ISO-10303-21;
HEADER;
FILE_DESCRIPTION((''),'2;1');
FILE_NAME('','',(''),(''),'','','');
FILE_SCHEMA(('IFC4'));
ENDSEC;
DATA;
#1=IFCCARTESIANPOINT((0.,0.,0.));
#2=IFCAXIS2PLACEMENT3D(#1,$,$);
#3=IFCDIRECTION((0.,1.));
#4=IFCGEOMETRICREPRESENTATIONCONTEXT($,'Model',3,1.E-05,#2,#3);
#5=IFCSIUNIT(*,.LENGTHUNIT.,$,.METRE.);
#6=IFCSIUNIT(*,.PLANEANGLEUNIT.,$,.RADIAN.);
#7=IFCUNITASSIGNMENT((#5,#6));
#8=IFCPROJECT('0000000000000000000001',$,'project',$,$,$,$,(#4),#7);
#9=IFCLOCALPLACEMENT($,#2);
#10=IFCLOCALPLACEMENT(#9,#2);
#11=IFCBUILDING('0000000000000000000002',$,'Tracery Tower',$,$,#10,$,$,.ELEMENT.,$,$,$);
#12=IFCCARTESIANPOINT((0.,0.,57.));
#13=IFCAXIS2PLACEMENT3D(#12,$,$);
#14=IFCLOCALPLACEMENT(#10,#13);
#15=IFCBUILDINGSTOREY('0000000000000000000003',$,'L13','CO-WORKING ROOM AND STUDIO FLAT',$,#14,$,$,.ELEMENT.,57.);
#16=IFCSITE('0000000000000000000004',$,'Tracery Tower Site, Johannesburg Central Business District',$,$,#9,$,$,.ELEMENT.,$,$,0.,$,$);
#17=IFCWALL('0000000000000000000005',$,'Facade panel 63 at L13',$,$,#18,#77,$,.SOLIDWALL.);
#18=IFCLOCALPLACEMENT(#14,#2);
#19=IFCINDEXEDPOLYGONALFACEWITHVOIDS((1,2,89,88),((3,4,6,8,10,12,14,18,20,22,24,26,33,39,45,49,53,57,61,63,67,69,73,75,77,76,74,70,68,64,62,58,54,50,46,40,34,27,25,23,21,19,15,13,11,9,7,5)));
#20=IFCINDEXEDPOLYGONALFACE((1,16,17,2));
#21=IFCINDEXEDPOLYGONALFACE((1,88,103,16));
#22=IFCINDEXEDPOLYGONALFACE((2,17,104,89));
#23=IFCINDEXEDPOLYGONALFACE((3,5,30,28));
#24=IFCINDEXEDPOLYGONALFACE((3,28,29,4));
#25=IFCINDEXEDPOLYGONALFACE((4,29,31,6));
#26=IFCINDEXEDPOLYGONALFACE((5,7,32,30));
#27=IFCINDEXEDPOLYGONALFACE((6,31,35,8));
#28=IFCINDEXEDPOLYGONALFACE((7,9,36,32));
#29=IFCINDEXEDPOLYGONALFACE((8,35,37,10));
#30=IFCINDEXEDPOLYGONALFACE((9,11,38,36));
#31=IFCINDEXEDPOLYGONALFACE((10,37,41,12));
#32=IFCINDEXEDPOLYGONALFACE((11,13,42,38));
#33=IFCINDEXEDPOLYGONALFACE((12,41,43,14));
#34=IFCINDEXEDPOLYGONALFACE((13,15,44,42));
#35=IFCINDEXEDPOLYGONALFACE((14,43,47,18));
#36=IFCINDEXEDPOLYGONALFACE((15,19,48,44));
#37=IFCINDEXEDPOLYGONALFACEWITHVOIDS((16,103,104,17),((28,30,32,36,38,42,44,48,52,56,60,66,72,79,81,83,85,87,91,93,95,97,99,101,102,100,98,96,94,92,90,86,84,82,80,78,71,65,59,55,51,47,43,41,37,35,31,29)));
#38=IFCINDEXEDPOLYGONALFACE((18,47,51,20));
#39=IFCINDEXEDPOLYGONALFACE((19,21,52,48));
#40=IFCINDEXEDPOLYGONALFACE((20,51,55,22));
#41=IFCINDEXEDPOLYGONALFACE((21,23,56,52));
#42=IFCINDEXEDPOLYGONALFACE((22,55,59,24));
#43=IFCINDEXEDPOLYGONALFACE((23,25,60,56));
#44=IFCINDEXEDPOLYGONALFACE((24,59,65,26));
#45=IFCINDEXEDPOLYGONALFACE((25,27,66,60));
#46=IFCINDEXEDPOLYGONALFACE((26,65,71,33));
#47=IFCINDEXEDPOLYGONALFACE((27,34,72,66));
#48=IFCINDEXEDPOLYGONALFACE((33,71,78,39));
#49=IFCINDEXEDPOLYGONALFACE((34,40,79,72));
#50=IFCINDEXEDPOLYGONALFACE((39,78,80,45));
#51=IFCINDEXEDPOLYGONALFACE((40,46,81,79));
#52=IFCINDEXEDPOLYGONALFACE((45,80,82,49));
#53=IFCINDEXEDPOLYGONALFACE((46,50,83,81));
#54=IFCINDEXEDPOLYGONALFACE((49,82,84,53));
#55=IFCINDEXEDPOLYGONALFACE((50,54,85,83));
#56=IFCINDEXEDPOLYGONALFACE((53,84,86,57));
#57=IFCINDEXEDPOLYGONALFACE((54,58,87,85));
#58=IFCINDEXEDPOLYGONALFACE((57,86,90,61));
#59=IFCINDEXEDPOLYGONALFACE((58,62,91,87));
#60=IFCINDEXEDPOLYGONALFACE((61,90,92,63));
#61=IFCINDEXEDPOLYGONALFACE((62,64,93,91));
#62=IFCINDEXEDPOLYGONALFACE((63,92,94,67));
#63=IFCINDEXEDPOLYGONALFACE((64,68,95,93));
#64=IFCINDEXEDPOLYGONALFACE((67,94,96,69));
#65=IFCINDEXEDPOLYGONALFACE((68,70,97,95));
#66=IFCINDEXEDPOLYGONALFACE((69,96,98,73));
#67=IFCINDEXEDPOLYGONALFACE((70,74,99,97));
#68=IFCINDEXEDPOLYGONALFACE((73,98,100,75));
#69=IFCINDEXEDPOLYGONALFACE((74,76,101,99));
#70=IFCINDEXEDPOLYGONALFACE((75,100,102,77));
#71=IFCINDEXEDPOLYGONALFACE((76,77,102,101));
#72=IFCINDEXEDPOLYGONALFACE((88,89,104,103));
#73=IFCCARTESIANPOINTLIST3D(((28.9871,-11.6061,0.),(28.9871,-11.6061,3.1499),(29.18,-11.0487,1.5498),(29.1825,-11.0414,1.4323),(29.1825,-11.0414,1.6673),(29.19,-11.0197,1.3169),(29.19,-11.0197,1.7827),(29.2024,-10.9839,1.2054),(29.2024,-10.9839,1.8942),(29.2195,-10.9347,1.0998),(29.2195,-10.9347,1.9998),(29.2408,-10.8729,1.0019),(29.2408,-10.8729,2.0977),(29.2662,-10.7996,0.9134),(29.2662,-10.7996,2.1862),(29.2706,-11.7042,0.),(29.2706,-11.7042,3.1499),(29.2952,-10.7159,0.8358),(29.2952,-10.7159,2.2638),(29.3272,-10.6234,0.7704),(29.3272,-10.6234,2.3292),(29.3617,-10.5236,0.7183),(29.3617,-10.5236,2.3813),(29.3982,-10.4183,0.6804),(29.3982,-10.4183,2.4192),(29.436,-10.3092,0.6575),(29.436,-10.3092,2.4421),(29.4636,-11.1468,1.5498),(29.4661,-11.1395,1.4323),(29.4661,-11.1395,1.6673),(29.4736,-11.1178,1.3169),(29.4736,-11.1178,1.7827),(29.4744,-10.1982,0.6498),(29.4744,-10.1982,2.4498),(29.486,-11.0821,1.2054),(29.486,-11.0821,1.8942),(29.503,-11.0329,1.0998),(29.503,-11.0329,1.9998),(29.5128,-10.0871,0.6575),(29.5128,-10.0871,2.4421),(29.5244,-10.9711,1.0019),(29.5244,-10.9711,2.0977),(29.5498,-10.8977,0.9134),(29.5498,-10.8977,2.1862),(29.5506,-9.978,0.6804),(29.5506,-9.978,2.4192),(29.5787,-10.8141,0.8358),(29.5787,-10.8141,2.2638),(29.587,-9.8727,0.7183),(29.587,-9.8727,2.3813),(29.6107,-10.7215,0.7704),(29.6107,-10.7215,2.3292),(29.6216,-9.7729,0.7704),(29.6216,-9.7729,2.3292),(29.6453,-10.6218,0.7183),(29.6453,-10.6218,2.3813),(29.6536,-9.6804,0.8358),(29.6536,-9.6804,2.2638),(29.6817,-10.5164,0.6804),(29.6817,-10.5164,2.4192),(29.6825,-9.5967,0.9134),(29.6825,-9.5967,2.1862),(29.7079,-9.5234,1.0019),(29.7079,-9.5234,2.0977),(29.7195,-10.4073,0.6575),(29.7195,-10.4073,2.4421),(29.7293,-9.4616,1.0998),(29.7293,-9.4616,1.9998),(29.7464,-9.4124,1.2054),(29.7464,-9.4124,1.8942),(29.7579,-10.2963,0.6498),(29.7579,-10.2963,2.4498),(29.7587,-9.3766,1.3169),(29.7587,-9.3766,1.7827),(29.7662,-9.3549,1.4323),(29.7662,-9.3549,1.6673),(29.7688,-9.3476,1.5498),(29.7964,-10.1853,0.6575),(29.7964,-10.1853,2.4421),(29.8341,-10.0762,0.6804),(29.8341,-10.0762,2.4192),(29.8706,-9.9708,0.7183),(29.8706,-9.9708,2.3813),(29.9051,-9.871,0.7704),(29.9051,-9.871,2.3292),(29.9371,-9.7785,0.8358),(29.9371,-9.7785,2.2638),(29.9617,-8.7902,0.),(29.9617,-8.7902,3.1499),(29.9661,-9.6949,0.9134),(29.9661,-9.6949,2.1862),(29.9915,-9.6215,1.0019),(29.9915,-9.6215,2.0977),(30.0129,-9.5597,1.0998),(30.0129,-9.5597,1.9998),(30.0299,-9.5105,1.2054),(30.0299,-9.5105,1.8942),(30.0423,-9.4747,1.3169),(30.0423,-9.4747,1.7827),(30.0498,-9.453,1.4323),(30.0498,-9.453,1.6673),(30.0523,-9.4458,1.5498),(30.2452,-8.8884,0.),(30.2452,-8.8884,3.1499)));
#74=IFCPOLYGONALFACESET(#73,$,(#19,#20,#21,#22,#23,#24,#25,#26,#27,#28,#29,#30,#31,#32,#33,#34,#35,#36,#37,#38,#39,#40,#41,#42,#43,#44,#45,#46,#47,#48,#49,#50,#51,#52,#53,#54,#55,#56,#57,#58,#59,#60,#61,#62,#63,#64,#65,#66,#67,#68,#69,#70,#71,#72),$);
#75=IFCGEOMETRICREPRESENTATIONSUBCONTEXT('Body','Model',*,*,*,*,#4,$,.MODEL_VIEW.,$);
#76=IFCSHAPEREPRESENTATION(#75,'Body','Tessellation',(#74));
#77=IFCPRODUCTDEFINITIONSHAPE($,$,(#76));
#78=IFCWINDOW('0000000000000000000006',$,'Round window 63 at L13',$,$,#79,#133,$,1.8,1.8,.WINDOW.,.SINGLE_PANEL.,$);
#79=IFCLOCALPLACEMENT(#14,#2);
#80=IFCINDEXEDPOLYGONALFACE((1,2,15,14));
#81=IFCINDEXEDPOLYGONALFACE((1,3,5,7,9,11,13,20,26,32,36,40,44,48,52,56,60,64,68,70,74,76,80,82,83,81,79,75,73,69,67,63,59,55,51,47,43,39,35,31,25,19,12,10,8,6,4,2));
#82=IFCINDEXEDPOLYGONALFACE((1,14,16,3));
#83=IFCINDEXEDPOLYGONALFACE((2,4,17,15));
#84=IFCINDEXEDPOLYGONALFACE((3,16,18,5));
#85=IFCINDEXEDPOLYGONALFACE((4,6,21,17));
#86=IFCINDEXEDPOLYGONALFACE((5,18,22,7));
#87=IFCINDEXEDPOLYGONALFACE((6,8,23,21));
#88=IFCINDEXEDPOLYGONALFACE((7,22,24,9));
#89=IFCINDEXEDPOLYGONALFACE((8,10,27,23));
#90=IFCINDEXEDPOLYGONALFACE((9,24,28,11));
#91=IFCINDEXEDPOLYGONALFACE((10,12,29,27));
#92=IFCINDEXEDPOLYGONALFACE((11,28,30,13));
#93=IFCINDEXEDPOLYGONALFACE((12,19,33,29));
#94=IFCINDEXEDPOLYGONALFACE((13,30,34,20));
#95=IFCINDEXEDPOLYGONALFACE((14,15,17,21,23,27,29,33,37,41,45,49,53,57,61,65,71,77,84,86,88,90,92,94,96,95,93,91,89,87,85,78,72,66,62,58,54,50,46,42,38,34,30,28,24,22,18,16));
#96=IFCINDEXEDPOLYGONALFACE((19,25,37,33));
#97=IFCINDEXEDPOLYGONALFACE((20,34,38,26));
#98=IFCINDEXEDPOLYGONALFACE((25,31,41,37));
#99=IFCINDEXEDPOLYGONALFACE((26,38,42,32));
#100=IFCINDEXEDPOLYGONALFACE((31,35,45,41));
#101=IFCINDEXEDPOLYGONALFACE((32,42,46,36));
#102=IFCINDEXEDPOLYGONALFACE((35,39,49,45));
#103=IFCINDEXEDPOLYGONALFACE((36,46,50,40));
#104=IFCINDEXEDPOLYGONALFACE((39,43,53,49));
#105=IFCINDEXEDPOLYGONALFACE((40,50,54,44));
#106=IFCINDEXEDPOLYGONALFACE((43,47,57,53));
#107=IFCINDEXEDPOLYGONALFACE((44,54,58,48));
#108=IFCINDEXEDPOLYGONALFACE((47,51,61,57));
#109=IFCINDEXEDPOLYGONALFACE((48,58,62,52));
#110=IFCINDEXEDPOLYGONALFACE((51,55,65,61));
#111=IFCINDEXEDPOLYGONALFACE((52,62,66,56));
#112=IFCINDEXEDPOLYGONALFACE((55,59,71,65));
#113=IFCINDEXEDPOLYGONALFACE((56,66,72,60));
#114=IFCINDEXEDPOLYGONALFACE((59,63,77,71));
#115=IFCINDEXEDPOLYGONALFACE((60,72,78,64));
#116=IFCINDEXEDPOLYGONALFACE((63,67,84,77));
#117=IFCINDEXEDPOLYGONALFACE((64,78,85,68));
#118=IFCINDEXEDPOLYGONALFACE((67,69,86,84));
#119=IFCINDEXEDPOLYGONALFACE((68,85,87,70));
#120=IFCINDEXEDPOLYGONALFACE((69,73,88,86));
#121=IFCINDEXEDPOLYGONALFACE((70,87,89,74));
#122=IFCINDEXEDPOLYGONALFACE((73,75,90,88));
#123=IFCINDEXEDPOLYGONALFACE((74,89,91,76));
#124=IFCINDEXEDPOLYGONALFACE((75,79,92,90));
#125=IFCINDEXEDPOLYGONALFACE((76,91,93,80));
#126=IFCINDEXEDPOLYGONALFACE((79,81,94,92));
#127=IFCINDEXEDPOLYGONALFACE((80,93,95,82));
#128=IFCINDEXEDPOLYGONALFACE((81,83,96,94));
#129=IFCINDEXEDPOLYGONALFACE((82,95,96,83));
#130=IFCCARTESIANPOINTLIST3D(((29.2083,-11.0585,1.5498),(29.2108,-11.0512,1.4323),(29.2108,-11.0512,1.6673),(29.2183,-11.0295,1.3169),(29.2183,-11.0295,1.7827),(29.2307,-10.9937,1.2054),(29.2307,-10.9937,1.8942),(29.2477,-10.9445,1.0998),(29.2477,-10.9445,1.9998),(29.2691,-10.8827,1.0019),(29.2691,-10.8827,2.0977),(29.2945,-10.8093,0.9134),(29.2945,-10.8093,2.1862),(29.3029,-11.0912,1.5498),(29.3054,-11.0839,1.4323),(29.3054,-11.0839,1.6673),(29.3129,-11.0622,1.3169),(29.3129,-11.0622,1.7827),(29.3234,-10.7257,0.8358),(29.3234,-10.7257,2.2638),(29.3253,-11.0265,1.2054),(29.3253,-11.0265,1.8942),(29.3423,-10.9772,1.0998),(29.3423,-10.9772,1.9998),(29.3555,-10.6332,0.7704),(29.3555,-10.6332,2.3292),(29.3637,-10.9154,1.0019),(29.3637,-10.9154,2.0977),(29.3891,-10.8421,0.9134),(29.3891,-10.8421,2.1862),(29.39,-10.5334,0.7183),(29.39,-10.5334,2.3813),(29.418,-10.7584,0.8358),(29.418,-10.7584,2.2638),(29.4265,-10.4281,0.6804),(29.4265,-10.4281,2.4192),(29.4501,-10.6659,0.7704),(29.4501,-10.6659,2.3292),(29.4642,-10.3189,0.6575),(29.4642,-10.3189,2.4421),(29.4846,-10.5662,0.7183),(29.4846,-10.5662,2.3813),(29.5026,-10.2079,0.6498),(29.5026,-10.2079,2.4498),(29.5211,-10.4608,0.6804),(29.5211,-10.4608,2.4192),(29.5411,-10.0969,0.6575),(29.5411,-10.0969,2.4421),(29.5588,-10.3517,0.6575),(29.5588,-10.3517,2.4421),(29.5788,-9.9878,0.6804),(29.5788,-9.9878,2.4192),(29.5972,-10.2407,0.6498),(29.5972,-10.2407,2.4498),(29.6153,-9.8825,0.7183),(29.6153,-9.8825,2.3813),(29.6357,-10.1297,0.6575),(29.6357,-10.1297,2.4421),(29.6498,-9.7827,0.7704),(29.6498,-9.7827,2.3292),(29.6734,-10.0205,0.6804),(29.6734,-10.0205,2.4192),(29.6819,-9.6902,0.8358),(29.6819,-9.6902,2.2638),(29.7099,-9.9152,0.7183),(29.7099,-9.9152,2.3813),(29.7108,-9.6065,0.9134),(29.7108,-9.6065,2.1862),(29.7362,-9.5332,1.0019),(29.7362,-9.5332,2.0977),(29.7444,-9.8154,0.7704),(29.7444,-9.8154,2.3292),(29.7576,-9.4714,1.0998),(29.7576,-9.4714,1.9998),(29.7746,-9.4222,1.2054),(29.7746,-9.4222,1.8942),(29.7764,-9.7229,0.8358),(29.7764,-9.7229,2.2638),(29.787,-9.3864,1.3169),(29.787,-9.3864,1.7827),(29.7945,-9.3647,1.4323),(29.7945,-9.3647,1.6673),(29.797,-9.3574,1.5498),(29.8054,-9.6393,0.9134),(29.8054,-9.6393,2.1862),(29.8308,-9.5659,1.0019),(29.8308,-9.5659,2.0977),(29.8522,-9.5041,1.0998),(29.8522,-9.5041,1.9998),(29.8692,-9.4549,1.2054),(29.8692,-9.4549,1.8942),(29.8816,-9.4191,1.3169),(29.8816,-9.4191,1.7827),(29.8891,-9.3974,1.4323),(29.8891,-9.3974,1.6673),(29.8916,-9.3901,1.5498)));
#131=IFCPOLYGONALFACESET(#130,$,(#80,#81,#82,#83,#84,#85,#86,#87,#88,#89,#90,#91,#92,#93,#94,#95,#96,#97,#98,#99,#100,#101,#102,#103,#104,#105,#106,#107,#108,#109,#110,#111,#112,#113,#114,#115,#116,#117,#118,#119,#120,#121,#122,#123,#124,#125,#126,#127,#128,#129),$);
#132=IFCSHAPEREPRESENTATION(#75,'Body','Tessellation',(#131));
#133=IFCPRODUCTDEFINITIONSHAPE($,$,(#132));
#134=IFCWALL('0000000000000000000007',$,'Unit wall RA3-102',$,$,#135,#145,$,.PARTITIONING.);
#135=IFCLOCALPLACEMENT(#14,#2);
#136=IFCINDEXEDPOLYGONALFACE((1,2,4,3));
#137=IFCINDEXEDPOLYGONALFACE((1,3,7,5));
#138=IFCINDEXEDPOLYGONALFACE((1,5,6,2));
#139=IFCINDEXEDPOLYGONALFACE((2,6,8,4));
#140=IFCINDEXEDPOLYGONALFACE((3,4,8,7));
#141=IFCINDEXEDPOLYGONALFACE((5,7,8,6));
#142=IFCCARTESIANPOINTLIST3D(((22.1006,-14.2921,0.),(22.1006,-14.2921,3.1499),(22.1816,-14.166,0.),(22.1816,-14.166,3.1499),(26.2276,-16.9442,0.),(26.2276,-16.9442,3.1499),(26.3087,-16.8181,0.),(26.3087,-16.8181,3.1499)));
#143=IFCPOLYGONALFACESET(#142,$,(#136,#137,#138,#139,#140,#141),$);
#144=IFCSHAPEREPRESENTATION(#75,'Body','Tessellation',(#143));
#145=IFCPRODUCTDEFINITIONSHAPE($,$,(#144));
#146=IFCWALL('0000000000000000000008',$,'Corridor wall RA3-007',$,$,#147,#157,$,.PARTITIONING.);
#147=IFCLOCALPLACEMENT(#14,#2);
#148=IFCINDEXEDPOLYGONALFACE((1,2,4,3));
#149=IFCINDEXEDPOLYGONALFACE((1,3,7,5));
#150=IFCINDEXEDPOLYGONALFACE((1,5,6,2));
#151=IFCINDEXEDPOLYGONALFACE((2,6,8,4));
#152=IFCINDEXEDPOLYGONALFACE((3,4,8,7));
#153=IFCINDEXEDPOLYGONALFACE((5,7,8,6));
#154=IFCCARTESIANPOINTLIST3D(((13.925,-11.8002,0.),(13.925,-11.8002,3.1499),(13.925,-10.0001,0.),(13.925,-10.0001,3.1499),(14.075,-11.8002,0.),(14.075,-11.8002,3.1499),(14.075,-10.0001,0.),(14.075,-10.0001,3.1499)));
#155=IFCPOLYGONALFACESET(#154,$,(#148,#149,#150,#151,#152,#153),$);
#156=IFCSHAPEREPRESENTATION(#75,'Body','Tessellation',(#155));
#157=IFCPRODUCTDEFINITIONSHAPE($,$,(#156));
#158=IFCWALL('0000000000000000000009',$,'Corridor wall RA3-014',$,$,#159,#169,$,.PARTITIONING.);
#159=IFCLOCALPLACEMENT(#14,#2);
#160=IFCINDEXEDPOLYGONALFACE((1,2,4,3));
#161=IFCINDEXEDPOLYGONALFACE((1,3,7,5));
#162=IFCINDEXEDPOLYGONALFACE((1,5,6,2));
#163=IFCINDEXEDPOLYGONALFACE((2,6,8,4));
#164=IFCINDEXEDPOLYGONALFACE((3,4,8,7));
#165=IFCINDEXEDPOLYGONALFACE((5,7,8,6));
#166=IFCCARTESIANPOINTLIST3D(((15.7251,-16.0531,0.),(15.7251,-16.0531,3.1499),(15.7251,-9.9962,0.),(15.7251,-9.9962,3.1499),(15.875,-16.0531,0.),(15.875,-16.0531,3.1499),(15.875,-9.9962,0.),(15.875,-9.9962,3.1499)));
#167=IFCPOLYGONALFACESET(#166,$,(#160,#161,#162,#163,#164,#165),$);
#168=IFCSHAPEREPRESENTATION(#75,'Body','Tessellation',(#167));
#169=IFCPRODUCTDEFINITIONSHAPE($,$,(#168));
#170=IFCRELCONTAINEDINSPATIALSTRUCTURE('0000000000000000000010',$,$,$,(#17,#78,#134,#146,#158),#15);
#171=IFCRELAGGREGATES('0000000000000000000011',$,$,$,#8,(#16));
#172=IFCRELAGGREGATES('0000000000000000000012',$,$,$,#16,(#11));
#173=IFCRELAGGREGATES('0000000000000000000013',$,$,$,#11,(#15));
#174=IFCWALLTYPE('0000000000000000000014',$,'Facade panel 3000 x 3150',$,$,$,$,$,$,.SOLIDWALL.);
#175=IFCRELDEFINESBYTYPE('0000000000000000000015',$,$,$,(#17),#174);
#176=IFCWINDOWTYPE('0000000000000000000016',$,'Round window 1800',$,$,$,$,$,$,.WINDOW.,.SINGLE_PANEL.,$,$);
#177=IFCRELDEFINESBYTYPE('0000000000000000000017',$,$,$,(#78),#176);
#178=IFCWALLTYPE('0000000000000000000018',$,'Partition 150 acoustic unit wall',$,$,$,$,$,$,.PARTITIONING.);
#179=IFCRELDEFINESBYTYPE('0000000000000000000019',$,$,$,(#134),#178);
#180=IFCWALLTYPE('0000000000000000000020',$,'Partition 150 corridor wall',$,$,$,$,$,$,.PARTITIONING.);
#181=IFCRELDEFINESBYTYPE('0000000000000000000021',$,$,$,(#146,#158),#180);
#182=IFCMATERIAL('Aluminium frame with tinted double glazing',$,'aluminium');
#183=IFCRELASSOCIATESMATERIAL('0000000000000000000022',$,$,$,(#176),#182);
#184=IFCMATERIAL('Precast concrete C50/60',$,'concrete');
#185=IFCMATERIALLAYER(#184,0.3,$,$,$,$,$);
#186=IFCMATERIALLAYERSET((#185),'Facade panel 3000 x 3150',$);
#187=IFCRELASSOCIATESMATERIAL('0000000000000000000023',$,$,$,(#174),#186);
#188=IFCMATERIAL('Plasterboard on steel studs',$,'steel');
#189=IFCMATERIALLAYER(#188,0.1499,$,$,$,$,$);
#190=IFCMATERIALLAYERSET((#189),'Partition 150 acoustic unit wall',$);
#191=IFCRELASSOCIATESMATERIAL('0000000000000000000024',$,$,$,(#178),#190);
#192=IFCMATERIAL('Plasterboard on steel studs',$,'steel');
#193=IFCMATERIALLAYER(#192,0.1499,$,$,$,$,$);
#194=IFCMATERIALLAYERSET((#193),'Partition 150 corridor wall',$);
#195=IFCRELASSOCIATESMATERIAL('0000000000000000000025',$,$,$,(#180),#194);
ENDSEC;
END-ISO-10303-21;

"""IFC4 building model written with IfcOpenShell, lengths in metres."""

from ifc_helpers import new_model, si_unit, direction, frame, frame_2d, origin, origin_2d, place, context, subcontext, project, spatial, rectangle, circle, extrude, material, layer, layer_set, type_object, element, fill, save


model = new_model("IFC4")

# Units and contexts
model_context = context("Model", 3, precision=1e-05, world=origin(), true_north=direction((0.0, 1.0)))
body_context = subcontext(model_context, "Body", "Model", "MODEL_VIEW")
ifc_project = project(units=[si_unit("LENGTHUNIT", "METRE"), si_unit("PLANEANGLEUNIT", "RADIAN")], contexts=[model_context])

# Site, building, storey
site_placement = place(None, origin())
site = spatial("IfcSite", under=ifc_project, at=site_placement, Name="Tracery Tower Site, Johannesburg Central Business District", CompositionType="ELEMENT", RefElevation=0.0)
building_placement = place(site_placement, origin())
building = spatial("IfcBuilding", under=site, at=building_placement, Name="Tracery Tower", CompositionType="ELEMENT")
storey_placement = place(building_placement, frame((0.0, 0.0, 57.0)))
storey = spatial("IfcBuildingStorey", under=building, at=storey_placement, Name="L13", Description="CO-WORKING ROOM AND STUDIO FLAT", CompositionType="ELEMENT", Elevation=57.0)

# Wall, opening, window
ifc_material_1 = material(Name="Aluminium frame with tinted double glazing", Category="aluminium")
window_type = type_object("IfcWindowType", Name="Round window 1800", PartitioningType="SINGLE_PANEL", PredefinedType="WINDOW", material=ifc_material_1)
ifc_material_2 = material(Name="Precast concrete C50/60", Category="concrete")
ifc_layer_1 = layer(ifc_material_2, 0.3)
ifc_layer_set_1 = layer_set([ifc_layer_1], Name="Facade panel 3000 x 3150")
wall_type_1 = type_object("IfcWallType", Name="Facade panel 3000 x 3150", PredefinedType="SOLIDWALL", material=ifc_layer_set_1)
wall_1_placement = place(storey_placement, frame((29.1289, -11.655, 0.0), z_axis=(0.0, 0.0, 1.0), x_axis=(0.327071, 0.945, 0.0)))
wall_1 = element("IfcWall", 1, at=wall_1_placement, inside=storey, type_object=wall_type_1, Name="Facade panel 63 at L13", PredefinedType="SOLIDWALL", context=body_context, shape_type="SweptSolid", body=[
    extrude(rectangle(XDim=2.9797, YDim=0.3, at=frame_2d((1.4897, 0.0))), origin(), (0.0, 0.0, 1.0), 3.1499),
])
opening_1_placement = place(wall_1_placement, frame((1.4897, 0.0, 1.5498)))
opening_1 = element("IfcOpeningElement", 2, at=opening_1_placement, cuts=wall_1, PredefinedType="OPENING", context=body_context, shape_type="SweptSolid", body=[
    extrude(circle(Radius=0.9, at=origin_2d()), frame((0.0, 0.1599, 0.0), z_axis=(0.0, -1.0, 0.0), x_axis=(1.0, 0.0, 0.0)), (0.0, 0.0, 1.0), 0.3201),
])
window_1_placement = place(opening_1_placement, origin())
window_1 = element("IfcWindow", 3, at=window_1_placement, inside=storey, type_object=window_type, Name="Round window 63 at L13", OverallHeight=1.8, OverallWidth=1.8, PartitioningType="SINGLE_PANEL", PredefinedType="WINDOW", context=body_context, shape_type="SweptSolid", body=[
    extrude(circle(Radius=0.9, at=origin_2d()), frame((0.0, 0.1201, 0.0), z_axis=(0.0, -1.0, 0.0), x_axis=(1.0, 0.0, 0.0)), (0.0, 0.0, 1.0), 0.1001),
])
fill(opening_1, window_1)

# Walls
ifc_material_3 = material(Name="Plasterboard on steel studs", Category="steel")
ifc_layer_2 = layer(ifc_material_3, 0.1499)
ifc_layer_set_2 = layer_set([ifc_layer_2], Name="Partition 150 acoustic unit wall")
wall_type_2 = type_object("IfcWallType", Name="Partition 150 acoustic unit wall", PredefinedType="PARTITIONING", material=ifc_layer_set_2)
wall_2_placement = place(storey_placement, frame((22.1411, -14.229, 0.0), z_axis=(0.0, 0.0, 1.0), x_axis=(0.841266, -0.540622, 0.0)))
element("IfcWall", 4, at=wall_2_placement, inside=storey, type_object=wall_type_2, Name="Unit wall RA3-102", PredefinedType="PARTITIONING", context=body_context, shape_type="SweptSolid", body=[
    extrude(rectangle(XDim=4.9058, YDim=0.1499, at=frame_2d((2.4529, 0.0))), origin(), (0.0, 0.0, 1.0), 3.1499),
])
ifc_material_4 = material(Name="Plasterboard on steel studs", Category="steel")
ifc_layer_3 = layer(ifc_material_4, 0.1499)
ifc_layer_set_3 = layer_set([ifc_layer_3], Name="Partition 150 corridor wall")
wall_type_3 = type_object("IfcWallType", Name="Partition 150 corridor wall", PredefinedType="PARTITIONING", material=ifc_layer_set_3)
wall_3_placement = place(storey_placement, frame((14.0, -11.8, 0.0), z_axis=(0.0, 0.0, 1.0), x_axis=(0.0, 1.0, 0.0)))
element("IfcWall", 5, at=wall_3_placement, inside=storey, type_object=wall_type_3, Name="Corridor wall RA3-007", PredefinedType="PARTITIONING", context=body_context, shape_type="SweptSolid", body=[
    extrude(rectangle(XDim=1.8, YDim=0.1499, at=frame_2d((0.8999, 0.0))), origin(), (0.0, 0.0, 1.0), 3.1499),
])
wall_4_placement = place(storey_placement, frame((15.8, -16.053, 0.0), z_axis=(0.0, 0.0, 1.0), x_axis=(0.0, 1.0, 0.0)))
element("IfcWall", 6, at=wall_4_placement, inside=storey, type_object=wall_type_3, Name="Corridor wall RA3-014", PredefinedType="PARTITIONING", context=body_context, shape_type="SweptSolid", body=[
    extrude(rectangle(XDim=6.0569, YDim=0.1499, at=frame_2d((3.0283, 0.0))), origin(), (0.0, 0.0, 1.0), 3.1499),
])

save(model, "model.ifc")
